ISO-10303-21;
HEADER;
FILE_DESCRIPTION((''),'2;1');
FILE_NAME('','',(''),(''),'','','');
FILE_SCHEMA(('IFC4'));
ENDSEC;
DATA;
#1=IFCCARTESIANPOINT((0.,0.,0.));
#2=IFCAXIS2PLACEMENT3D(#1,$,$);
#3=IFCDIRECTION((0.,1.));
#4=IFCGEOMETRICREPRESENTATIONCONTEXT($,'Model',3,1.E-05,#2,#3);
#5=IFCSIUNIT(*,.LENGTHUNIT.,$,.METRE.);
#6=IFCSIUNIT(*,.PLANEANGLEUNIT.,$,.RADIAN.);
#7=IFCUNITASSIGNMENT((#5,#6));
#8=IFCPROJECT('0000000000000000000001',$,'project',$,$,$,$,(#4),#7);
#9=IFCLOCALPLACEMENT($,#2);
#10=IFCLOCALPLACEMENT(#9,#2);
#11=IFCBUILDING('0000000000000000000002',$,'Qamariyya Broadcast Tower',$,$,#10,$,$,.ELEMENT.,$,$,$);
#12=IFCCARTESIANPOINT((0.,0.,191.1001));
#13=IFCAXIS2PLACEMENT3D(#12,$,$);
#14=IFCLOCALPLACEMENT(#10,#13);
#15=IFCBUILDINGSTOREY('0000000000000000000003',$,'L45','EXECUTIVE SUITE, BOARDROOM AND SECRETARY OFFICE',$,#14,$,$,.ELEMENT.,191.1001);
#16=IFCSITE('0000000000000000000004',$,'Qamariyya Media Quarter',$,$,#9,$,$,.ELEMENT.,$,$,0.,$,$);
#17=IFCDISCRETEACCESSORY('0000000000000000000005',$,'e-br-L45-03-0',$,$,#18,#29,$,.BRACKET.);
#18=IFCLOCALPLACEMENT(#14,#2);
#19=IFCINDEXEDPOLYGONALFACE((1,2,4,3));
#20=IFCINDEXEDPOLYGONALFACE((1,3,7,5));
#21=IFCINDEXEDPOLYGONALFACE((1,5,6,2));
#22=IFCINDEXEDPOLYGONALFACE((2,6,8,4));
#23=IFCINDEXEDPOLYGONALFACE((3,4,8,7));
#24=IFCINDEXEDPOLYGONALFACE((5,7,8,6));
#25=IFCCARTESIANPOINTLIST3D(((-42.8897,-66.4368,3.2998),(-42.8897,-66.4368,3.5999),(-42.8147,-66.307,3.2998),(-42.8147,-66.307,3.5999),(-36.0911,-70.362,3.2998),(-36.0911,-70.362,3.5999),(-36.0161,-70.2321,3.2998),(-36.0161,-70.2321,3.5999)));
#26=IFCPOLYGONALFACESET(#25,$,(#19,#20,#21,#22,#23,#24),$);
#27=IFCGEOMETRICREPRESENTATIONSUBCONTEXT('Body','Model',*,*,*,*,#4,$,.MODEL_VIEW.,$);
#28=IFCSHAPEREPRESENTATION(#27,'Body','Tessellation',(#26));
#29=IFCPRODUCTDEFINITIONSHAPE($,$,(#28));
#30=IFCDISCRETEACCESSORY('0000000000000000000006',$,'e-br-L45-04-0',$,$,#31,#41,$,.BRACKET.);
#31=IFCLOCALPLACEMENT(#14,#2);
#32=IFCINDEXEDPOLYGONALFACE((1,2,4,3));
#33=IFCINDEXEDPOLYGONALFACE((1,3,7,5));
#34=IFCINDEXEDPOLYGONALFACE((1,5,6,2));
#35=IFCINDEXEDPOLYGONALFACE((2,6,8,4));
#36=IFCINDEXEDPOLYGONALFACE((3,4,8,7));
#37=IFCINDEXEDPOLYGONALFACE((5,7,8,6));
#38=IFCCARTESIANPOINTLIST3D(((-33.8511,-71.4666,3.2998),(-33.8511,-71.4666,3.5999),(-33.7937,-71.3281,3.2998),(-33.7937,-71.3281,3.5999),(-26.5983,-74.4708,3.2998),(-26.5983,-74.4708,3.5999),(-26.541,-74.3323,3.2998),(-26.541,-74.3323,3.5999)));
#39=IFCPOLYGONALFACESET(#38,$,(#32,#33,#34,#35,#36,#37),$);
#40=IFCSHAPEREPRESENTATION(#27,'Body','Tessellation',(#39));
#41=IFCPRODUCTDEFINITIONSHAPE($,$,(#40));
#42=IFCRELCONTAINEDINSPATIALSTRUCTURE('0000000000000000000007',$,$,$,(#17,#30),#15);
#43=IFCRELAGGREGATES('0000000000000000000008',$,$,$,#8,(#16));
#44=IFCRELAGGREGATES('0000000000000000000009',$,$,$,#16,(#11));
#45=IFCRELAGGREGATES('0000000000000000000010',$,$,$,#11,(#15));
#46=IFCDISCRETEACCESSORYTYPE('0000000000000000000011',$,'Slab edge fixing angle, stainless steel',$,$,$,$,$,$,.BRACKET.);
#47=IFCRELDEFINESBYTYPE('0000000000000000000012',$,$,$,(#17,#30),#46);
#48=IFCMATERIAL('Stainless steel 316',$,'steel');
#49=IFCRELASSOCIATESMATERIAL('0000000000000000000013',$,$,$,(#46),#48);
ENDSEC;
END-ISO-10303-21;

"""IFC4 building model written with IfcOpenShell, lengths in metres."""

from ifc_helpers import new_model, si_unit, direction, frame, origin, origin_2d, place, context, subcontext, project, spatial, rectangle, extrude, material, type_object, element, save


model = new_model("IFC4")

# Units and contexts
model_context = context("Model", 3, precision=1e-05, world=origin(), true_north=direction((0.0, 1.0)))
body_context = subcontext(model_context, "Body", "Model", "MODEL_VIEW")
ifc_project = project(units=[si_unit("LENGTHUNIT", "METRE"), si_unit("PLANEANGLEUNIT", "RADIAN")], contexts=[model_context])

# Site, building, storey
site_placement = place(None, origin())
site = spatial("IfcSite", under=ifc_project, at=site_placement, Name="Qamariyya Media Quarter", CompositionType="ELEMENT", RefElevation=0.0)
building_placement = place(site_placement, origin())
building = spatial("IfcBuilding", under=site, at=building_placement, Name="Qamariyya Broadcast Tower", CompositionType="ELEMENT")
storey_placement = place(building_placement, frame((0.0, 0.0, 191.1001)))
storey = spatial("IfcBuildingStorey", under=building, at=storey_placement, Name="L45", Description="EXECUTIVE SUITE, BOARDROOM AND SECRETARY OFFICE", CompositionType="ELEMENT", Elevation=191.1001)

# Discrete accessories
ifc_material_1 = material(Name="Stainless steel 316", Category="steel")
discrete_accessory_type = type_object("IfcDiscreteAccessoryType", Name="Slab edge fixing angle, stainless steel", PredefinedType="BRACKET", material=ifc_material_1)
for number, where, z_axis, x_axis, name in (
    (1, (-39.4529, -68.3345, 3.2998), (0.0, 0.0, 1.0), (0.866025, -0.5, 0.0), "e-br-L45-03-0"),
    (2, (-30.196, -72.8994, 3.2998), (0.0, 0.0, 1.0), (0.92388, -0.382683, 0.0), "e-br-L45-04-0"),
):
    element("IfcDiscreteAccessory", number, at=place(storey_placement, frame(where, z_axis=z_axis, x_axis=x_axis)), inside=storey, type_object=discrete_accessory_type, Name=name, PredefinedType="BRACKET", context=body_context, shape_type="SweptSolid", body=[
        extrude(rectangle(XDim=7.8503, YDim=0.1499, at=origin_2d()), origin(), (0.0, 0.0, 1.0), 0.3),
    ])

save(model, "model.ifc")
